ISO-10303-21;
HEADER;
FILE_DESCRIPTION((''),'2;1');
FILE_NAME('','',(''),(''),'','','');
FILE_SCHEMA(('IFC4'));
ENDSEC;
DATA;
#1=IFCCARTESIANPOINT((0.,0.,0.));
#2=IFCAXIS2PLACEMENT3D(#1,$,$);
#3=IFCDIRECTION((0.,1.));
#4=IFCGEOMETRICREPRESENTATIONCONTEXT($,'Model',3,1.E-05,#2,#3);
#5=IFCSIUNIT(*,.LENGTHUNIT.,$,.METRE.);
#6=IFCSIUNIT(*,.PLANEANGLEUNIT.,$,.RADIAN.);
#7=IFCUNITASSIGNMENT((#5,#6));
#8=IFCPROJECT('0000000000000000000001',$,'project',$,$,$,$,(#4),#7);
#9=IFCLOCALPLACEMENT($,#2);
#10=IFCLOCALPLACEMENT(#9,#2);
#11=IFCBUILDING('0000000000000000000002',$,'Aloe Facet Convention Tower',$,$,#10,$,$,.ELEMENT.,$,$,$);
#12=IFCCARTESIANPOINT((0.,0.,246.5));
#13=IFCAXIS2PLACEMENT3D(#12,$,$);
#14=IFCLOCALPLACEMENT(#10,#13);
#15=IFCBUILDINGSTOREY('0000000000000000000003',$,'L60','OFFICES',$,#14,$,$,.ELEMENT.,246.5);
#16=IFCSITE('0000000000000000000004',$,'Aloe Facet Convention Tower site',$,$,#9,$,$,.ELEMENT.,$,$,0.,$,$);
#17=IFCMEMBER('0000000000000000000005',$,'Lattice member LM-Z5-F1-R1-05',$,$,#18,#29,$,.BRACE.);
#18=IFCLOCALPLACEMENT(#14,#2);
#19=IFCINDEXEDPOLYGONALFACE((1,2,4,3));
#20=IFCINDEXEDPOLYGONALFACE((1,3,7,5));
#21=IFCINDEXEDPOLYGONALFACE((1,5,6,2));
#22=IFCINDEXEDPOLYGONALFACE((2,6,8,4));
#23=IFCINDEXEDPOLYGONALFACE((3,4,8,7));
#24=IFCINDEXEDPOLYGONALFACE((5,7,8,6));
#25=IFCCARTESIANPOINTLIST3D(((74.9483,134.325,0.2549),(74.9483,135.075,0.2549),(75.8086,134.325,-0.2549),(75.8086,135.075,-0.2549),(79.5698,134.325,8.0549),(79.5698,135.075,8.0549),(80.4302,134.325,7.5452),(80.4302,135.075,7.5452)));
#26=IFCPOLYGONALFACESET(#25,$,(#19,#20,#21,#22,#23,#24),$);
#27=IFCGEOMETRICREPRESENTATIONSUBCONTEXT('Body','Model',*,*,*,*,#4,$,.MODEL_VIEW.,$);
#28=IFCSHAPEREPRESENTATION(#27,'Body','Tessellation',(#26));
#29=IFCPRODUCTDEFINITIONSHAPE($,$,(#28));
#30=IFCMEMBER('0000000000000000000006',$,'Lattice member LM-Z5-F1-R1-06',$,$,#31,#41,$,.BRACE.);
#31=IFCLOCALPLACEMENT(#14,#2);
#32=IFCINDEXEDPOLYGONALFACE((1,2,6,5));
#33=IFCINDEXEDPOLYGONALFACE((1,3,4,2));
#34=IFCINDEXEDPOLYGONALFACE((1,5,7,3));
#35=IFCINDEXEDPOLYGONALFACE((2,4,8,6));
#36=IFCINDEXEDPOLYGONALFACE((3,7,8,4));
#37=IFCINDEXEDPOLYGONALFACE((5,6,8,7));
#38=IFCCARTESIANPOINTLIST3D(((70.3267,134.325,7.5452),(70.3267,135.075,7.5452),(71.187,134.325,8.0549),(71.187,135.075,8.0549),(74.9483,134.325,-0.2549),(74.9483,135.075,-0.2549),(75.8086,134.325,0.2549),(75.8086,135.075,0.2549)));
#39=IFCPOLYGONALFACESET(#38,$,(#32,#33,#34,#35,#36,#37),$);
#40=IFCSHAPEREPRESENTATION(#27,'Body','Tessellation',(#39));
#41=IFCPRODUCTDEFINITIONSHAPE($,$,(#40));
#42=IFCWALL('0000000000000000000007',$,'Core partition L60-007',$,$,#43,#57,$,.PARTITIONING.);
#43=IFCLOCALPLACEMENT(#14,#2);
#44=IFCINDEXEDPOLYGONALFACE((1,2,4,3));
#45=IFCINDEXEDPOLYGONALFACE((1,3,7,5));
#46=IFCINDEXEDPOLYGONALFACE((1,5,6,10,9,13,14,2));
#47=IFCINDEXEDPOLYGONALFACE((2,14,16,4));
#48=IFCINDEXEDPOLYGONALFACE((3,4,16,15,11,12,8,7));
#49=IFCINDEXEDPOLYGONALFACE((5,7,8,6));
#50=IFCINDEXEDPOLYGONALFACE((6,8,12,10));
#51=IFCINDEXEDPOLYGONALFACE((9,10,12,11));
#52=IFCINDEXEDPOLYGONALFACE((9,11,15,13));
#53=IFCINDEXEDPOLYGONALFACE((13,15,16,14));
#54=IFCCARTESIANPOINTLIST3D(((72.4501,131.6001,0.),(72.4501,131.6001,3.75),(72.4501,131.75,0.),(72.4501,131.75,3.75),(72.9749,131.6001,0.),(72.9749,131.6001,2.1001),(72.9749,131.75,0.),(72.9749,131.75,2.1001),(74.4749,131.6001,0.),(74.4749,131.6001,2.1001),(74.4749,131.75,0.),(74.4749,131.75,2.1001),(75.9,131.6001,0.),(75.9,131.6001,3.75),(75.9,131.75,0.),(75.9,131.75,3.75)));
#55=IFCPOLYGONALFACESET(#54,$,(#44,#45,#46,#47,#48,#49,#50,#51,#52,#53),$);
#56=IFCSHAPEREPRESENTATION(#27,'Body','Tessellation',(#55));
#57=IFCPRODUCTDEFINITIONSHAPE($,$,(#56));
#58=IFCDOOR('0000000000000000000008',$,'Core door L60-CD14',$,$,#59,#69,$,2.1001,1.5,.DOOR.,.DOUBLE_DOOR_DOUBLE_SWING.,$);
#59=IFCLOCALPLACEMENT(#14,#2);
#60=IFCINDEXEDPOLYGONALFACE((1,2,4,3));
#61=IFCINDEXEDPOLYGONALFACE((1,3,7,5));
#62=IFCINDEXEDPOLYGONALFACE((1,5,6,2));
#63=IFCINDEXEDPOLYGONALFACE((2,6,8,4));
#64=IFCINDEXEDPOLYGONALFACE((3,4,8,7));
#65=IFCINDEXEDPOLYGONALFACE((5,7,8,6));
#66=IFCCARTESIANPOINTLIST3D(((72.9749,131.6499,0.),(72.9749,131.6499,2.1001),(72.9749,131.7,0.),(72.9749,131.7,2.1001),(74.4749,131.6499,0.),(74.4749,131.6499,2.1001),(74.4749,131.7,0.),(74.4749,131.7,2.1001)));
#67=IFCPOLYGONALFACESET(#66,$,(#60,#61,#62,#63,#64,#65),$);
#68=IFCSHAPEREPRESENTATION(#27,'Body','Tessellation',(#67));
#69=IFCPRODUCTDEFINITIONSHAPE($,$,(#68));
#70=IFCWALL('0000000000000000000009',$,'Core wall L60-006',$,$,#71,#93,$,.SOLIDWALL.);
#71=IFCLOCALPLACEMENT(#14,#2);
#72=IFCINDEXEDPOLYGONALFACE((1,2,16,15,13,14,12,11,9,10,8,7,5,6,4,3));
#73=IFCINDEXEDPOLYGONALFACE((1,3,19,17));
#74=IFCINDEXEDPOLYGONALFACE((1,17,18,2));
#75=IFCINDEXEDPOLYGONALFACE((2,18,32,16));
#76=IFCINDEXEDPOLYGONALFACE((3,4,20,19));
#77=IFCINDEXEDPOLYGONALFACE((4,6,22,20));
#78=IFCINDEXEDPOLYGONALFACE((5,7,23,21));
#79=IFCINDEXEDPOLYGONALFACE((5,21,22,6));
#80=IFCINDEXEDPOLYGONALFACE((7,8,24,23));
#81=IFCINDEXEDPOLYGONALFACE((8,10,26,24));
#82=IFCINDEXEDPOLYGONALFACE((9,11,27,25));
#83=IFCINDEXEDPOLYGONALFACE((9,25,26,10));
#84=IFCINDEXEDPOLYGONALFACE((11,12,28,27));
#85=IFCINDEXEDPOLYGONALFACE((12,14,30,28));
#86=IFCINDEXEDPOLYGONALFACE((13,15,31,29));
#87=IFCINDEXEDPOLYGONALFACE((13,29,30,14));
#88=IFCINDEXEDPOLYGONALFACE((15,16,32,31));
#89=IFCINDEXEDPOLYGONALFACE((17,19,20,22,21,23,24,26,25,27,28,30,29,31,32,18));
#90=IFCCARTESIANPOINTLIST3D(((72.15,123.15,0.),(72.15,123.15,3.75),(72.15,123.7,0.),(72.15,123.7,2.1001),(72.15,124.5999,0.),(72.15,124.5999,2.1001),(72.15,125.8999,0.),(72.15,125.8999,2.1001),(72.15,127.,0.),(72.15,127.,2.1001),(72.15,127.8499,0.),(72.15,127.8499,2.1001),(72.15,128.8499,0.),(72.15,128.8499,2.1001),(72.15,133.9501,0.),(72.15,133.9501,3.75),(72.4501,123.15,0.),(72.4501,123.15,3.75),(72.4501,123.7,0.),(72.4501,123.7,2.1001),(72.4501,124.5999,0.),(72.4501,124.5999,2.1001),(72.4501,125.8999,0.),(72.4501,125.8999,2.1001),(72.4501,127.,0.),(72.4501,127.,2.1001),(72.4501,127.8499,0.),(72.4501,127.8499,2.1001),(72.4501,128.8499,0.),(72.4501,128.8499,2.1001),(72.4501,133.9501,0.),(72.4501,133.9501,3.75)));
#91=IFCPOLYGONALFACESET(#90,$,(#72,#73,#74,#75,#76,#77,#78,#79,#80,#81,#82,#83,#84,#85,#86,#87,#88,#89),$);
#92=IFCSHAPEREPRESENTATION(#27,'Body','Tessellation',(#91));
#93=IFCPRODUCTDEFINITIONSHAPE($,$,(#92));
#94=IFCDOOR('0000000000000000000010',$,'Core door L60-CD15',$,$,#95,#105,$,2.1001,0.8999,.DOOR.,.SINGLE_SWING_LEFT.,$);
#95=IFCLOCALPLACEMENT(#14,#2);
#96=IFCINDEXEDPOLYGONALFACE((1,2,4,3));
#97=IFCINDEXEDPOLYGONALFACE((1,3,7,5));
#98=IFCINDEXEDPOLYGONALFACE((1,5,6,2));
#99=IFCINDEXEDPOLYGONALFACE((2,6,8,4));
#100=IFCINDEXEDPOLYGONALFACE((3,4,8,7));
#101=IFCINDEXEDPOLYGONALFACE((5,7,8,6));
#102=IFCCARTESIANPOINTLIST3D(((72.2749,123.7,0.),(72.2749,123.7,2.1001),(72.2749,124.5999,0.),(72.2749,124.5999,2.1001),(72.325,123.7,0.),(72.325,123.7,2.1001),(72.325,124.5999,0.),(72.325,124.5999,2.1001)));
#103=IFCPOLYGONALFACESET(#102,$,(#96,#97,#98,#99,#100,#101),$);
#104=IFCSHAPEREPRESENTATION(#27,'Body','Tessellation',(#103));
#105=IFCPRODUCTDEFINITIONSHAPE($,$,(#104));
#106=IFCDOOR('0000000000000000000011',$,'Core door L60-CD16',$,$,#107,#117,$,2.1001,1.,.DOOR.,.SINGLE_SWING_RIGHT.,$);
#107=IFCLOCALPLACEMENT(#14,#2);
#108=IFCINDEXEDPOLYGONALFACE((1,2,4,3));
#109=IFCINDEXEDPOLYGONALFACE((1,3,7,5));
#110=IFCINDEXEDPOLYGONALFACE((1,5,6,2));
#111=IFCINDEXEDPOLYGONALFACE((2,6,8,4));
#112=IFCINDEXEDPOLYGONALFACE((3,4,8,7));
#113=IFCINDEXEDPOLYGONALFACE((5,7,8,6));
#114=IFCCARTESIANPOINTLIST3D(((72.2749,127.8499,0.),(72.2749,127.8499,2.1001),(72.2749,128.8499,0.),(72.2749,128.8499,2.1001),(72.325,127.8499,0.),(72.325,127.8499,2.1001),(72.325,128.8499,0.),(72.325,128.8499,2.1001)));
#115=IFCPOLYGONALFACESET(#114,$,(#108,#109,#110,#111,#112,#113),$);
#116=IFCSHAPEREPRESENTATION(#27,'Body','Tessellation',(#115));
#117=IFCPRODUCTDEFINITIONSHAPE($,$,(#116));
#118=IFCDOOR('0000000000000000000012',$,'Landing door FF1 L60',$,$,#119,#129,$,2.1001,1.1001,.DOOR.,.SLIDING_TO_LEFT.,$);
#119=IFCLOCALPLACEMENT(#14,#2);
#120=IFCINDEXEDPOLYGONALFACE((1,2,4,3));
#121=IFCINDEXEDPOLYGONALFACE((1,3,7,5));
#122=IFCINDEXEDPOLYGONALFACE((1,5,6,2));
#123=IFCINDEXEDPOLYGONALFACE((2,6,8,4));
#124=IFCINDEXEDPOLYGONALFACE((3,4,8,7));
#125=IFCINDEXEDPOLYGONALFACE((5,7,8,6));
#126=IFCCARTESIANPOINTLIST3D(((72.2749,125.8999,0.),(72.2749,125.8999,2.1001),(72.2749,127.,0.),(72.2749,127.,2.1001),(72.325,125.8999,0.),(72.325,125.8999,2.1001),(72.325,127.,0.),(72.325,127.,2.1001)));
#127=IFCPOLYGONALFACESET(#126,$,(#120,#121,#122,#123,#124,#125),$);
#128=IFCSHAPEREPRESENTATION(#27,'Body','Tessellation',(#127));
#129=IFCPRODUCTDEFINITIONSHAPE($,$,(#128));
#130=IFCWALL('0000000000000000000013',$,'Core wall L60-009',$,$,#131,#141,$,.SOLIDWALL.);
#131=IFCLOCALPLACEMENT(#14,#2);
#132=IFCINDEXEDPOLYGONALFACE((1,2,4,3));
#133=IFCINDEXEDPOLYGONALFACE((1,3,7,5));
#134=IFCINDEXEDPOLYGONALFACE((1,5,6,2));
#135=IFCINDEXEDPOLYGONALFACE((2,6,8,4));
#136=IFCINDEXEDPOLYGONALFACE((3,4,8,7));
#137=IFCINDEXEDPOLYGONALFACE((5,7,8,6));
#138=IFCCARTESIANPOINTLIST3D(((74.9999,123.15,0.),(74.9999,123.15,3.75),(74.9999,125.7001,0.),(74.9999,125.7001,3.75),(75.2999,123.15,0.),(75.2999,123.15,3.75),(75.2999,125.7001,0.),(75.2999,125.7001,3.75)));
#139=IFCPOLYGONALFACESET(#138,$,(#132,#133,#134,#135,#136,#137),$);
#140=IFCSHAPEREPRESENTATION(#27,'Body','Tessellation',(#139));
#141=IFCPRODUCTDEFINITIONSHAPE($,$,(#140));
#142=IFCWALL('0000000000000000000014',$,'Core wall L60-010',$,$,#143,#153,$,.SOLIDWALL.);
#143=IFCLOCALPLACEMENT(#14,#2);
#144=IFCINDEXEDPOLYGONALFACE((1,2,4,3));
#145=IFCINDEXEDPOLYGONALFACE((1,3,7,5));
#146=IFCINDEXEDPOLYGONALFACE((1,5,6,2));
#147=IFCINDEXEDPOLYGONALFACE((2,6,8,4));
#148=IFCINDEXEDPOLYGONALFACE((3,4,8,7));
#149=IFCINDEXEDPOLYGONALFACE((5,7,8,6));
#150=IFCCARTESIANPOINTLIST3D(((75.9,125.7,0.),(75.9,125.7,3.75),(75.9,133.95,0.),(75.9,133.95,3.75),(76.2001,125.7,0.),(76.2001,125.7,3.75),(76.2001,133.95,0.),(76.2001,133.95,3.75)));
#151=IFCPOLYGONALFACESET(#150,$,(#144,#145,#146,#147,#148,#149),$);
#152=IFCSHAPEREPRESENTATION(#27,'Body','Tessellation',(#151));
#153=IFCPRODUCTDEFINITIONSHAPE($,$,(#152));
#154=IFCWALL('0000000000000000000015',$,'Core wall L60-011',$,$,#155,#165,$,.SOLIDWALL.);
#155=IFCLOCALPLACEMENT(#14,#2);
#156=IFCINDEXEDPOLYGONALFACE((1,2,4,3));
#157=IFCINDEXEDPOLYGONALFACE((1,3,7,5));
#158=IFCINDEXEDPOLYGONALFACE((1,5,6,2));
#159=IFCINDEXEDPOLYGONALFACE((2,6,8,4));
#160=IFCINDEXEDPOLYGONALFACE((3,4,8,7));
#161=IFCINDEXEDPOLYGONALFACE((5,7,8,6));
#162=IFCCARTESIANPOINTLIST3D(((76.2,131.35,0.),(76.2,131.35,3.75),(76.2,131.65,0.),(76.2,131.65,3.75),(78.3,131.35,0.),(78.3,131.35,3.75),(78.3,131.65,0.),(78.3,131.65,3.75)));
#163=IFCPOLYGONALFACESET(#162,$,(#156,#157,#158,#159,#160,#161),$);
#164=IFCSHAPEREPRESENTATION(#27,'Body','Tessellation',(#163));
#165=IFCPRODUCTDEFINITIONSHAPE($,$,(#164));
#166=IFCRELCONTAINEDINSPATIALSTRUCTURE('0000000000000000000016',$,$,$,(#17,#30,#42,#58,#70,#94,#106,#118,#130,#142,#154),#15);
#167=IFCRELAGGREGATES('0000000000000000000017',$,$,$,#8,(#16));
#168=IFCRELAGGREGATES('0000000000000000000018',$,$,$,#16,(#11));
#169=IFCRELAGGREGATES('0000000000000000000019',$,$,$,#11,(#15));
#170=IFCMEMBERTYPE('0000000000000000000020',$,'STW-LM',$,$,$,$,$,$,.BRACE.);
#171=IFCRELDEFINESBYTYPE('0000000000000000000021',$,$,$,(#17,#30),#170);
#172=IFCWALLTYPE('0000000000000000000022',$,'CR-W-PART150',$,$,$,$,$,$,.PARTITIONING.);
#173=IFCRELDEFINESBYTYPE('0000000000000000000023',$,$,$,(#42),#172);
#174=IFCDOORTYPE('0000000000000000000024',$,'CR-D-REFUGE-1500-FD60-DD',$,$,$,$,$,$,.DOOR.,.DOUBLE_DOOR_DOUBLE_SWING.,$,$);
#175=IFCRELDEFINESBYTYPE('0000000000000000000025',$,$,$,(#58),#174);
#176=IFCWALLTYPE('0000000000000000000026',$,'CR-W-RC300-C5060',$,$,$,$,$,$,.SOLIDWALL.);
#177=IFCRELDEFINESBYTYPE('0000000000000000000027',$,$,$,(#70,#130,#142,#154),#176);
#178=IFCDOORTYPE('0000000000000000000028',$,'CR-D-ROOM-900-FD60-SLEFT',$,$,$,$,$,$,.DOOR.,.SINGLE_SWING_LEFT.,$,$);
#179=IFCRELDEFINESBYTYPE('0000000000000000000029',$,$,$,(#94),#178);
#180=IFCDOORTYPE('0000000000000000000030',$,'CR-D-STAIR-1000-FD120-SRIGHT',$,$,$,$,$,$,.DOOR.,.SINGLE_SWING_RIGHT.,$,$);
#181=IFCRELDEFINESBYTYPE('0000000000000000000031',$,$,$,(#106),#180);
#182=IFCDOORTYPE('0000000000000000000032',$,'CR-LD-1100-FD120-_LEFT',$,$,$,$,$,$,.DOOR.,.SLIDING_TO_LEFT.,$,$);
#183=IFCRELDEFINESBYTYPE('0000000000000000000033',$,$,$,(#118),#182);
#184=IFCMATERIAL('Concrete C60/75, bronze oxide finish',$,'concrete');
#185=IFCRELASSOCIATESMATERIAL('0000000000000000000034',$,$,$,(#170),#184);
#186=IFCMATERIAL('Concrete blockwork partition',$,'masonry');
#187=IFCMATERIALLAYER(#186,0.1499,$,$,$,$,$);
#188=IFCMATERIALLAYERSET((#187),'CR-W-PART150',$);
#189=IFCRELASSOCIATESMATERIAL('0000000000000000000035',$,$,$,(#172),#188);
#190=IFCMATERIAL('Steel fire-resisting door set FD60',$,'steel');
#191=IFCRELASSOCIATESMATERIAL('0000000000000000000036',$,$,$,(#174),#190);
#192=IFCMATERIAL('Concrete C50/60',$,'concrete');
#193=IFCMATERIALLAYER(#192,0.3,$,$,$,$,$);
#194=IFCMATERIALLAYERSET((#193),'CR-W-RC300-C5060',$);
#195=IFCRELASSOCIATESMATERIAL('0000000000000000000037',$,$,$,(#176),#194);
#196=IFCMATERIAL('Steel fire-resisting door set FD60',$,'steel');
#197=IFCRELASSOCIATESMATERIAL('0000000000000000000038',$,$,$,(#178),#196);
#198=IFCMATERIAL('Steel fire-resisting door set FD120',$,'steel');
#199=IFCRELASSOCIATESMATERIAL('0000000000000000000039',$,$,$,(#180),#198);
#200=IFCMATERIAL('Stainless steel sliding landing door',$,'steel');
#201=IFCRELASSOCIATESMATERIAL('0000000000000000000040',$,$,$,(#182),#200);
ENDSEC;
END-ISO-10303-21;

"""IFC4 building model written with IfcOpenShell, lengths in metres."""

from ifc_helpers import new_model, si_unit, direction, frame, frame_2d, origin, origin_2d, place, context, subcontext, project, spatial, rectangle, extrude, material, layer, layer_set, material_profile, profile_set, type_object, element, fill, save


model = new_model("IFC4")

# Units and contexts
model_context = context("Model", 3, precision=1e-05, world=origin(), true_north=direction((0.0, 1.0)))
body_context = subcontext(model_context, "Body", "Model", "MODEL_VIEW")
ifc_project = project(units=[si_unit("LENGTHUNIT", "METRE"), si_unit("PLANEANGLEUNIT", "RADIAN")], contexts=[model_context])

# Site, building, storey
site_placement = place(None, origin())
site = spatial("IfcSite", under=ifc_project, at=site_placement, Name="Aloe Facet Convention Tower site", CompositionType="ELEMENT", RefElevation=0.0)
building_placement = place(site_placement, origin())
building = spatial("IfcBuilding", under=site, at=building_placement, Name="Aloe Facet Convention Tower", CompositionType="ELEMENT")
storey_placement = place(building_placement, frame((0.0, 0.0, 246.5)))
storey = spatial("IfcBuildingStorey", under=building, at=storey_placement, Name="L60", Description="OFFICES", CompositionType="ELEMENT", Elevation=246.5)

# Members
ifc_material_1 = material(Name="Concrete C60/75, bronze oxide finish", Category="concrete")
ifc_material_profile = material_profile(ifc_material_1, rectangle(XDim=0.75, YDim=1.0, at=origin_2d()), Name="STW-LM")
ifc_profile_set = profile_set([ifc_material_profile], Name="Concrete C60/75, bronze oxide finish")
member_type = type_object("IfcMemberType", Name="STW-LM", PredefinedType="BRACE", material=ifc_profile_set)
for number, where, z_axis, x_axis, name in (
    (1, (75.3784, 134.7, 0.0), (0.509748, 0.0, 0.860324), (0.0, 1.0, 0.0), "Lattice member LM-Z5-F1-R1-05"),
    (2, (75.3784, 134.7, 0.0), (-0.509748, 0.0, 0.860324), (0.0, -1.0, 0.0), "Lattice member LM-Z5-F1-R1-06"),
):
    element("IfcMember", number, at=place(storey_placement, frame(where, z_axis=z_axis, x_axis=x_axis)), inside=storey, type_object=member_type, Name=name, PredefinedType="BRACE", context=body_context, shape_type="SweptSolid", body=[
        extrude(rectangle(XDim=0.75, YDim=1.0, at=origin_2d()), origin(), (0.0, 0.0, 1.0), 9.0664),
    ])

# Wall, opening, door
ifc_material_2 = material(Name="Concrete blockwork partition", Category="masonry")
ifc_layer_1 = layer(ifc_material_2, 0.1499)
ifc_layer_set_1 = layer_set([ifc_layer_1], Name="CR-W-PART150")
wall_type_1 = type_object("IfcWallType", Name="CR-W-PART150", PredefinedType="PARTITIONING", material=ifc_layer_set_1)
wall_1_placement = place(storey_placement, frame((72.45, 131.675, 0.0), z_axis=(0.0, 0.0, 1.0), x_axis=(1.0, 0.0, 0.0)))
wall_1 = element("IfcWall", 3, at=wall_1_placement, inside=storey, type_object=wall_type_1, Name="Core partition L60-007", PredefinedType="PARTITIONING", context=body_context, shape_type="SweptSolid", body=[
    extrude(rectangle(XDim=3.45, YDim=0.1499, at=frame_2d((1.7251, 0.0))), origin(), (0.0, 0.0, 1.0), 3.75),
])
opening_1_placement = place(wall_1_placement, frame((0.5249, 0.0, 0.0)))
opening_1 = element("IfcOpeningElement", 4, at=opening_1_placement, cuts=wall_1, PredefinedType="OPENING", context=body_context, shape_type="SweptSolid", body=[
    extrude(rectangle(XDim=1.5, YDim=2.1001, at=frame_2d((0.75, 1.05))), frame((0.0, 0.085, 0.0), z_axis=(0.0, -1.0, 0.0), x_axis=(1.0, 0.0, 0.0)), (0.0, 0.0, 1.0), 0.1699),
])
ifc_material_3 = material(Name="Steel fire-resisting door set FD60", Category="steel")
door_type_1 = type_object("IfcDoorType", Name="CR-D-REFUGE-1500-FD60-DD", OperationType="DOUBLE_DOOR_DOUBLE_SWING", PredefinedType="DOOR", material=ifc_material_3)
door_1_placement = place(opening_1_placement, origin())
door_1 = element("IfcDoor", 5, at=door_1_placement, inside=storey, type_object=door_type_1, Name="Core door L60-CD14", OperationType="DOUBLE_DOOR_DOUBLE_SWING", OverallHeight=2.1001, OverallWidth=1.5, PredefinedType="DOOR", context=body_context, shape_type="SweptSolid", body=[
    extrude(rectangle(XDim=1.5, YDim=2.1001, at=frame_2d((0.75, 1.05))), frame((0.0, 0.0249, 0.0), z_axis=(0.0, -1.0, 0.0), x_axis=(1.0, 0.0, 0.0)), (0.0, 0.0, 1.0), 0.05),
])
fill(opening_1, door_1)

# Wall, openings, doors
ifc_material_4 = material(Name="Concrete C50/60", Category="concrete")
ifc_layer_2 = layer(ifc_material_4, 0.3)
ifc_layer_set_2 = layer_set([ifc_layer_2], Name="CR-W-RC300-C5060")
wall_type_2 = type_object("IfcWallType", Name="CR-W-RC300-C5060", PredefinedType="SOLIDWALL", material=ifc_layer_set_2)
wall_2_placement = place(storey_placement, frame((72.3, 133.95, 0.0), z_axis=(0.0, 0.0, 1.0), x_axis=(0.0, -1.0, 0.0)))
wall_2 = element("IfcWall", 6, at=wall_2_placement, inside=storey, type_object=wall_type_2, Name="Core wall L60-006", PredefinedType="SOLIDWALL", context=body_context, shape_type="SweptSolid", body=[
    extrude(rectangle(XDim=10.8, YDim=0.3, at=frame_2d((5.3999, 0.0))), origin(), (0.0, 0.0, 1.0), 3.75),
])
opening_2_placement = place(wall_2_placement, frame((6.95, 0.0, 0.0)))
opening_2 = element("IfcOpeningElement", 7, at=opening_2_placement, cuts=wall_2, PredefinedType="OPENING", context=body_context, shape_type="SweptSolid", body=[
    extrude(rectangle(XDim=1.1001, YDim=2.1001, at=frame_2d((0.55, 1.05))), frame((0.0, 0.1602, 0.0), z_axis=(0.0, -1.0, 0.0), x_axis=(1.0, 0.0, 0.0)), (0.0, 0.0, 1.0), 0.3201),
])
opening_3_placement = place(wall_2_placement, frame((9.3501, 0.0, 0.0)))
opening_3 = element("IfcOpeningElement", 8, at=opening_3_placement, cuts=wall_2, PredefinedType="OPENING", context=body_context, shape_type="SweptSolid", body=[
    extrude(rectangle(XDim=0.8999, YDim=2.1001, at=frame_2d((0.45, 1.05))), frame((0.0, 0.1602, 0.0), z_axis=(0.0, -1.0, 0.0), x_axis=(1.0, 0.0, 0.0)), (0.0, 0.0, 1.0), 0.3201),
])
opening_4_placement = place(wall_2_placement, frame((5.1001, 0.0, 0.0)))
opening_4 = element("IfcOpeningElement", 9, at=opening_4_placement, cuts=wall_2, PredefinedType="OPENING", context=body_context, shape_type="SweptSolid", body=[
    extrude(rectangle(XDim=1.0, YDim=2.1001, at=frame_2d((0.5, 1.05))), frame((0.0, 0.1602, 0.0), z_axis=(0.0, -1.0, 0.0), x_axis=(1.0, 0.0, 0.0)), (0.0, 0.0, 1.0), 0.3201),
])
ifc_material_5 = material(Name="Steel fire-resisting door set FD60", Category="steel")
door_type_2 = type_object("IfcDoorType", Name="CR-D-ROOM-900-FD60-SLEFT", OperationType="SINGLE_SWING_LEFT", PredefinedType="DOOR", material=ifc_material_5)
door_2_placement = place(opening_3_placement, origin())
door_2 = element("IfcDoor", 10, at=door_2_placement, inside=storey, type_object=door_type_2, Name="Core door L60-CD15", OperationType="SINGLE_SWING_LEFT", OverallHeight=2.1001, OverallWidth=0.8999, PredefinedType="DOOR", context=body_context, shape_type="SweptSolid", body=[
    extrude(rectangle(XDim=0.8999, YDim=2.1001, at=frame_2d((0.45, 1.05))), frame((0.0, 0.0249, 0.0), z_axis=(0.0, -1.0, 0.0), x_axis=(1.0, 0.0, 0.0)), (0.0, 0.0, 1.0), 0.05),
])
fill(opening_3, door_2)
ifc_material_6 = material(Name="Steel fire-resisting door set FD120", Category="steel")
door_type_3 = type_object("IfcDoorType", Name="CR-D-STAIR-1000-FD120-SRIGHT", OperationType="SINGLE_SWING_RIGHT", PredefinedType="DOOR", material=ifc_material_6)
door_3_placement = place(opening_4_placement, origin())
door_3 = element("IfcDoor", 11, at=door_3_placement, inside=storey, type_object=door_type_3, Name="Core door L60-CD16", OperationType="SINGLE_SWING_RIGHT", OverallHeight=2.1001, OverallWidth=1.0, PredefinedType="DOOR", context=body_context, shape_type="SweptSolid", body=[
    extrude(rectangle(XDim=1.0, YDim=2.1001, at=frame_2d((0.5, 1.05))), frame((0.0, 0.0249, 0.0), z_axis=(0.0, -1.0, 0.0), x_axis=(1.0, 0.0, 0.0)), (0.0, 0.0, 1.0), 0.05),
])
fill(opening_4, door_3)
ifc_material_7 = material(Name="Stainless steel sliding landing door", Category="steel")
door_type_4 = type_object("IfcDoorType", Name="CR-LD-1100-FD120-_LEFT", OperationType="SLIDING_TO_LEFT", PredefinedType="DOOR", material=ifc_material_7)
door_4_placement = place(opening_2_placement, origin())
door_4 = element("IfcDoor", 12, at=door_4_placement, inside=storey, type_object=door_type_4, Name="Landing door FF1 L60", OperationType="SLIDING_TO_LEFT", OverallHeight=2.1001, OverallWidth=1.1001, PredefinedType="DOOR", context=body_context, shape_type="SweptSolid", body=[
    extrude(rectangle(XDim=1.1001, YDim=2.1001, at=frame_2d((0.55, 1.05))), frame((0.0, 0.0249, 0.0), z_axis=(0.0, -1.0, 0.0), x_axis=(1.0, 0.0, 0.0)), (0.0, 0.0, 1.0), 0.05),
])
fill(opening_2, door_4)

# Walls
wall_3_placement = place(storey_placement, frame((75.1499, 125.7, 0.0), z_axis=(0.0, 0.0, 1.0), x_axis=(0.0, -1.0, 0.0)))
element("IfcWall", 13, at=wall_3_placement, inside=storey, type_object=wall_type_2, Name="Core wall L60-009", PredefinedType="SOLIDWALL", context=body_context, shape_type="SweptSolid", body=[
    extrude(rectangle(XDim=2.55, YDim=0.3, at=frame_2d((1.2749, 0.0))), origin(), (0.0, 0.0, 1.0), 3.75),
])
wall_4_placement = place(storey_placement, frame((76.05, 133.95, 0.0), z_axis=(0.0, 0.0, 1.0), x_axis=(0.0, -1.0, 0.0)))
element("IfcWall", 14, at=wall_4_placement, inside=storey, type_object=wall_type_2, Name="Core wall L60-010", PredefinedType="SOLIDWALL", context=body_context, shape_type="SweptSolid", body=[
    extrude(rectangle(XDim=8.25, YDim=0.3, at=frame_2d((4.125, 0.0))), origin(), (0.0, 0.0, 1.0), 3.75),
])
for number, where, z_axis, x_axis, name in (
    (15, (76.2, 131.5, 0.0), (0.0, 0.0, 1.0), (1.0, 0.0, 0.0), "Core wall L60-011"),
):
    element("IfcWall", number, at=place(storey_placement, frame(where, z_axis=z_axis, x_axis=x_axis)), inside=storey, type_object=wall_type_2, Name=name, PredefinedType="SOLIDWALL", context=body_context, shape_type="SweptSolid", body=[
        extrude(rectangle(XDim=2.1001, YDim=0.3, at=frame_2d((1.05, 0.0))), origin(), (0.0, 0.0, 1.0), 3.75),
    ])

save(model, "model.ifc")
